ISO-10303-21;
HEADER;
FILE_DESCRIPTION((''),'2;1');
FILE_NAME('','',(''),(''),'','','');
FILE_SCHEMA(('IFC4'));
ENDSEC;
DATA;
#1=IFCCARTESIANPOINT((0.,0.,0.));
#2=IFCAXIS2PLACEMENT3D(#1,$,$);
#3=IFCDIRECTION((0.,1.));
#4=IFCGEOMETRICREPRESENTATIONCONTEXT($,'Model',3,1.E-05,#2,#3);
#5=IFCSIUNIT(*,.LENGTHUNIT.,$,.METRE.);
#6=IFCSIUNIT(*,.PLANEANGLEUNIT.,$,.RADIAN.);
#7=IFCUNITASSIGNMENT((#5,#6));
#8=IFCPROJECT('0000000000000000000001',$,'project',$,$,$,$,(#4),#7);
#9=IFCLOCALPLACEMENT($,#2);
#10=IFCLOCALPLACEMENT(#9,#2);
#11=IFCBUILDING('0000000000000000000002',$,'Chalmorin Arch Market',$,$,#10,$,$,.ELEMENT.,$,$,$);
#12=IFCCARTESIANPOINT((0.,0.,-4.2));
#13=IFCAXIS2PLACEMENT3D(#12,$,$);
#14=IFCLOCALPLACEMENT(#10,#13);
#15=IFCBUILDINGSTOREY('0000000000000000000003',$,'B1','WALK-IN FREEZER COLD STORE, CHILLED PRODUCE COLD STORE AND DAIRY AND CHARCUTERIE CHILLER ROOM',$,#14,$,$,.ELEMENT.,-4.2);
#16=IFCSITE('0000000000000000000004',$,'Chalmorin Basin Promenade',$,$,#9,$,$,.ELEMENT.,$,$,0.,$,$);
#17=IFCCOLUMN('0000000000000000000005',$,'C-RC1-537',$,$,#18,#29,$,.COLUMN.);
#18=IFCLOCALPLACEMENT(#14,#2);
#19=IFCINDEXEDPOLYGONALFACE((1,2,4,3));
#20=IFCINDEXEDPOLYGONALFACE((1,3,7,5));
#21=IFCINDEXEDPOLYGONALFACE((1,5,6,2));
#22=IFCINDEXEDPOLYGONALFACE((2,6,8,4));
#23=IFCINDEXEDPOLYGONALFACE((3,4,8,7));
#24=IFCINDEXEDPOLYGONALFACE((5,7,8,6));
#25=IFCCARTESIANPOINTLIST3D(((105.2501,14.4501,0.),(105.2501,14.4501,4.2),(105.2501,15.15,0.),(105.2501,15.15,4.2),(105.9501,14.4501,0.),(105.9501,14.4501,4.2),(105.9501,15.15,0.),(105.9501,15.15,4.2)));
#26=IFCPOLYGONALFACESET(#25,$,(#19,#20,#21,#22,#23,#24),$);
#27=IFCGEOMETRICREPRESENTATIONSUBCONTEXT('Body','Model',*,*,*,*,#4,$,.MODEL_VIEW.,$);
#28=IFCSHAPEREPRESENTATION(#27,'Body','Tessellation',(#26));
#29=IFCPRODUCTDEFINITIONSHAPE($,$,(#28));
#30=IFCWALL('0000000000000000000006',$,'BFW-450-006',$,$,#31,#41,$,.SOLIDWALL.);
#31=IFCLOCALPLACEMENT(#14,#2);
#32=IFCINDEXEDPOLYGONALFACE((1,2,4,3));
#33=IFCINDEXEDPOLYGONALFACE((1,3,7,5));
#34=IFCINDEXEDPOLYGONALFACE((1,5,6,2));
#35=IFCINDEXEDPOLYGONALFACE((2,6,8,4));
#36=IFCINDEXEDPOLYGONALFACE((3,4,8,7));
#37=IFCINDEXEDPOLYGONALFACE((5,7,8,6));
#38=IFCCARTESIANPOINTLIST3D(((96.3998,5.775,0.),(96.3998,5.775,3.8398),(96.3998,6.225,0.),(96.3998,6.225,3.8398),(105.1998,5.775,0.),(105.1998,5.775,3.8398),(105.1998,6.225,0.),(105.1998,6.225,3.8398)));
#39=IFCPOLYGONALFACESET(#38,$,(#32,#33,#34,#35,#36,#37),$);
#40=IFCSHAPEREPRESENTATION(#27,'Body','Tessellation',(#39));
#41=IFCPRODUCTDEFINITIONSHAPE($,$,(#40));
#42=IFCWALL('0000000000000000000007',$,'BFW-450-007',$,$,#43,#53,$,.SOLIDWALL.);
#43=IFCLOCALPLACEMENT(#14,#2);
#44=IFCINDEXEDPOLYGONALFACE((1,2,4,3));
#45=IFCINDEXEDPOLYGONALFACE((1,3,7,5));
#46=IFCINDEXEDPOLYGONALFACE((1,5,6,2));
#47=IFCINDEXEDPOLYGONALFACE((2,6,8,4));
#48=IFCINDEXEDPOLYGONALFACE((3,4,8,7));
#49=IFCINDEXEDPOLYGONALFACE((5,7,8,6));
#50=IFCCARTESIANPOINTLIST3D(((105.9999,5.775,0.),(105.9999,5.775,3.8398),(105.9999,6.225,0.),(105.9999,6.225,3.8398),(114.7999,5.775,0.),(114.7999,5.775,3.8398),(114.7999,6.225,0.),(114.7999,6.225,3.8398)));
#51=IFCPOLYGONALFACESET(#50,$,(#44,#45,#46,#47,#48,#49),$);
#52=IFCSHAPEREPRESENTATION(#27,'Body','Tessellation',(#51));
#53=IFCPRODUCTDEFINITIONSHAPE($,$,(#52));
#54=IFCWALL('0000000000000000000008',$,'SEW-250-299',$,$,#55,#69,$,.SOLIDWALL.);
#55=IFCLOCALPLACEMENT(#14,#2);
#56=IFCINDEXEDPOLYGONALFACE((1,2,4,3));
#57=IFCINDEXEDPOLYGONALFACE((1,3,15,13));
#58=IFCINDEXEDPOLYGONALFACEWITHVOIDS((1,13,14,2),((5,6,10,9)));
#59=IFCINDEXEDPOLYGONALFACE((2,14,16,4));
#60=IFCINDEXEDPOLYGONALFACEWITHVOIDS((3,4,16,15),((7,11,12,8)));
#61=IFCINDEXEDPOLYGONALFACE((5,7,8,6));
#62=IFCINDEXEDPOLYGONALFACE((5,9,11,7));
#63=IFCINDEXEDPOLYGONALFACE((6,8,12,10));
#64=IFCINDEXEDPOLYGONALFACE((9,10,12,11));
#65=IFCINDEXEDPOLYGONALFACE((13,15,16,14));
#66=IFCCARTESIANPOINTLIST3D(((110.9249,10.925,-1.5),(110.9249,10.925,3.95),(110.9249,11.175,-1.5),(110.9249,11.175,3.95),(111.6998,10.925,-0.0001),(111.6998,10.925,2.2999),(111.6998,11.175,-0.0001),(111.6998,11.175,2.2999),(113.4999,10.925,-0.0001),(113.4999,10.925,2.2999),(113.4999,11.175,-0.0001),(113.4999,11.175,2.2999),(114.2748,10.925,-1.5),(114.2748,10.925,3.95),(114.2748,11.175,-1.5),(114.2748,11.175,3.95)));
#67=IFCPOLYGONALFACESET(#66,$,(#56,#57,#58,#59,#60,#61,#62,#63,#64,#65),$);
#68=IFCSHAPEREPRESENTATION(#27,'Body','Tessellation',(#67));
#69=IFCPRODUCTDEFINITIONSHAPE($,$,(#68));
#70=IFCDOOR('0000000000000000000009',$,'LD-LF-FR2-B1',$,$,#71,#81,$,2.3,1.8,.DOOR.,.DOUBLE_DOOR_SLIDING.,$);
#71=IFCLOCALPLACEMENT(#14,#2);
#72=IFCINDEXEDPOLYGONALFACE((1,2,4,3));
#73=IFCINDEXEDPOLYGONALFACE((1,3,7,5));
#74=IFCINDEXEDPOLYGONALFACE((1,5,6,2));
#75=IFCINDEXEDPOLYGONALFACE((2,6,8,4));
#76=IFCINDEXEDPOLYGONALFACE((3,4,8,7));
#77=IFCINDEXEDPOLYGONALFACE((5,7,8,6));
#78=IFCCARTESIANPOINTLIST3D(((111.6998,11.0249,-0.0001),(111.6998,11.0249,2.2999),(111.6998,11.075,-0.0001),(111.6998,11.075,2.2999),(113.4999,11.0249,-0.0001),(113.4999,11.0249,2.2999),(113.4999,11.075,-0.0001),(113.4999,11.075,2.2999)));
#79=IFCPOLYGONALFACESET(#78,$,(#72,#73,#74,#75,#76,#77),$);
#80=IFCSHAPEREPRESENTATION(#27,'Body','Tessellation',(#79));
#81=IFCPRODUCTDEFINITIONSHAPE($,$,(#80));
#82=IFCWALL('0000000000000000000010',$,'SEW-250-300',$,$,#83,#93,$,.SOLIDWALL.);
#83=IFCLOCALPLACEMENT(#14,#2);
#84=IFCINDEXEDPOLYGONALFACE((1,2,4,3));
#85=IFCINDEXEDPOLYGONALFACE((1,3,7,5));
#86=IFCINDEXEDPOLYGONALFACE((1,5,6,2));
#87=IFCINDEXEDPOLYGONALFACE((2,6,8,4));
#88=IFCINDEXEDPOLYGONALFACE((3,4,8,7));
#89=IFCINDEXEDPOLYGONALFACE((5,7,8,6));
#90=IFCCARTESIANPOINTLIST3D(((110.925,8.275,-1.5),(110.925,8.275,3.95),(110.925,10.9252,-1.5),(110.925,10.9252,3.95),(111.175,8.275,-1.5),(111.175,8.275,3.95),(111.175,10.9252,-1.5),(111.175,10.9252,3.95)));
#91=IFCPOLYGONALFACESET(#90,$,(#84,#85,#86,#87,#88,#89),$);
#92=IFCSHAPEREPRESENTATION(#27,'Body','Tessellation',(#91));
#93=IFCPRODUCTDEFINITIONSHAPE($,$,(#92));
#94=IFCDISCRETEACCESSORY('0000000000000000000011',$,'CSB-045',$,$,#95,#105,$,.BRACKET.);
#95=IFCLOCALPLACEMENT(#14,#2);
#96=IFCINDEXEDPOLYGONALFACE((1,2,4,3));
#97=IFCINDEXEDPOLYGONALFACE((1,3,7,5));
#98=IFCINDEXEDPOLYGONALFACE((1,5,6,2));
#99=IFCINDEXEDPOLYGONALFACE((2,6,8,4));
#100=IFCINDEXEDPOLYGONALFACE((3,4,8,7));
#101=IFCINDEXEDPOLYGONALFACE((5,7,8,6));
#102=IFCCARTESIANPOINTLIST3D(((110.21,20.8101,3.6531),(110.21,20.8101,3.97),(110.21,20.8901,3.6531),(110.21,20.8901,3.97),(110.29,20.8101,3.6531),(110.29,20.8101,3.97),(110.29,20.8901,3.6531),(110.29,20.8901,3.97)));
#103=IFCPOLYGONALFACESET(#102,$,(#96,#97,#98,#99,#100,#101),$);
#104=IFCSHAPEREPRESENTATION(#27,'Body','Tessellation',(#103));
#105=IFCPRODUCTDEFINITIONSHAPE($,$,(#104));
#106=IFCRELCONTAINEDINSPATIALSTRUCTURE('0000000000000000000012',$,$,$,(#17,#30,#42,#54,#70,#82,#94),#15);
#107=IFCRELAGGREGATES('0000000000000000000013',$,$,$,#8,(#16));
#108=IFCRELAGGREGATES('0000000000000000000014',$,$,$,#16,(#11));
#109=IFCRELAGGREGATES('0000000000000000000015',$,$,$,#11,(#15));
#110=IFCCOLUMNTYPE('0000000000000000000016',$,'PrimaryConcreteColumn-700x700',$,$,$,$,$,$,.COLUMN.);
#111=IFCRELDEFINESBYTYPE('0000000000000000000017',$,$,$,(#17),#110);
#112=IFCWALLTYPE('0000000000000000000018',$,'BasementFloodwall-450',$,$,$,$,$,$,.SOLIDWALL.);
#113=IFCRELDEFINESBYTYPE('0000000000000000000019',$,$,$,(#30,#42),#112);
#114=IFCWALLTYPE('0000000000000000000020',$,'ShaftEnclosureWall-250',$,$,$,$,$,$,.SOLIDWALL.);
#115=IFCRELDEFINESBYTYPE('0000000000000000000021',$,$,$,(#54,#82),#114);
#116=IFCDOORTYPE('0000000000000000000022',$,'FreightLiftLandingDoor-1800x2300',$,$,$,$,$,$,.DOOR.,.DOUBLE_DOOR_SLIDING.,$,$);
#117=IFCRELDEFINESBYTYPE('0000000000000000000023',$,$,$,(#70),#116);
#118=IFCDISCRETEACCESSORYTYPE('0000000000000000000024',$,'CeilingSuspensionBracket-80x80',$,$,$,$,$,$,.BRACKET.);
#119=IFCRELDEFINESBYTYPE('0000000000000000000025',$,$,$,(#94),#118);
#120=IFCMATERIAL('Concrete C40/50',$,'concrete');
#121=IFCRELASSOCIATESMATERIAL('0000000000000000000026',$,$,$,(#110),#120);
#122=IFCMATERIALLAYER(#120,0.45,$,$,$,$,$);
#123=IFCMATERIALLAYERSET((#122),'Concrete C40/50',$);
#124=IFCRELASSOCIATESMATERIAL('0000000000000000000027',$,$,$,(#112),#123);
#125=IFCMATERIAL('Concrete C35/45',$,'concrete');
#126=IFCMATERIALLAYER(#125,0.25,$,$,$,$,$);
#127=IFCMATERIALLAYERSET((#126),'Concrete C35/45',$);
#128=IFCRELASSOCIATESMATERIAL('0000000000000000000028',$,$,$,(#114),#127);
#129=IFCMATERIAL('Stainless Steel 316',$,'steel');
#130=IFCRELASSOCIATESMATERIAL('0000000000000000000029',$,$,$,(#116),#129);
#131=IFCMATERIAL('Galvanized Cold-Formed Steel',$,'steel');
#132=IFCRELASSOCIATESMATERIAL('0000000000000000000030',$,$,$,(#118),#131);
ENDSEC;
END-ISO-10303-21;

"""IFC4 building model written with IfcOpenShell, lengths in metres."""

from ifc_helpers import new_model, si_unit, direction, frame, frame_2d, origin, origin_2d, place, context, subcontext, project, spatial, rectangle, extrude, material, layer, layer_set, material_profile, profile_set, type_object, element, fill, save


model = new_model("IFC4")

# Units and contexts
model_context = context("Model", 3, precision=1e-05, world=origin(), true_north=direction((0.0, 1.0)))
body_context = subcontext(model_context, "Body", "Model", "MODEL_VIEW")
ifc_project = project(units=[si_unit("LENGTHUNIT", "METRE"), si_unit("PLANEANGLEUNIT", "RADIAN")], contexts=[model_context])

# Site, building, storey
site_placement = place(None, origin())
site = spatial("IfcSite", under=ifc_project, at=site_placement, Name="Chalmorin Basin Promenade", CompositionType="ELEMENT", RefElevation=0.0)
building_placement = place(site_placement, origin())
building = spatial("IfcBuilding", under=site, at=building_placement, Name="Chalmorin Arch Market", CompositionType="ELEMENT")
storey_placement = place(building_placement, frame((0.0, 0.0, -4.2)))
storey = spatial("IfcBuildingStorey", under=building, at=storey_placement, Name="B1", Description="WALK-IN FREEZER COLD STORE, CHILLED PRODUCE COLD STORE AND DAIRY AND CHARCUTERIE CHILLER ROOM", CompositionType="ELEMENT", Elevation=-4.2)

# Shared definitions
ifc_material_1 = material(Name="Concrete C40/50", Category="concrete")

# Column
ifc_material_profile_1 = material_profile(ifc_material_1, rectangle(XDim=0.7, YDim=0.7, at=origin_2d()), Name="RC700X700")
ifc_profile_set_1 = profile_set([ifc_material_profile_1], Name="Concrete C40/50")
column_type_1 = type_object("IfcColumnType", Name="PrimaryConcreteColumn-700x700", PredefinedType="COLUMN", material=ifc_profile_set_1)
column_1_placement = place(storey_placement, frame((105.6001, 14.8, 0.0), z_axis=(0.0, 0.0, 1.0), x_axis=(1.0, 0.0, 0.0)))
element("IfcColumn", 1, at=column_1_placement, inside=storey, type_object=column_type_1, Name="C-RC1-537", PredefinedType="COLUMN", context=body_context, shape_type="SweptSolid", body=[
    extrude(rectangle(XDim=0.7, YDim=0.7, at=origin_2d()), origin(), (0.0, 0.0, 1.0), 4.2),
])

# Walls
ifc_layer_1 = layer(ifc_material_1, 0.45)
ifc_layer_set_1 = layer_set([ifc_layer_1], Name="Concrete C40/50")
wall_type_1 = type_object("IfcWallType", Name="BasementFloodwall-450", PredefinedType="SOLIDWALL", material=ifc_layer_set_1)
for number, where, z_axis, x_axis, name in (
    (2, (96.3999, 6.0, 0.0), (0.0, 0.0, 1.0), (1.0, 0.0, 0.0), "BFW-450-006"),
    (3, (106.0, 6.0, 0.0), (0.0, 0.0, 1.0), (1.0, 0.0, 0.0), "BFW-450-007"),
):
    element("IfcWall", number, at=place(storey_placement, frame(where, z_axis=z_axis, x_axis=x_axis)), inside=storey, type_object=wall_type_1, Name=name, PredefinedType="SOLIDWALL", context=body_context, shape_type="SweptSolid", body=[
        extrude(rectangle(XDim=8.8, YDim=0.45, at=frame_2d((4.3999, 0.0))), origin(), (0.0, 0.0, 1.0), 3.8398),
    ])

# Wall, opening, door
ifc_material_2 = material(Name="Concrete C35/45", Category="concrete")
ifc_layer_2 = layer(ifc_material_2, 0.25)
ifc_layer_set_2 = layer_set([ifc_layer_2], Name="Concrete C35/45")
wall_type_2 = type_object("IfcWallType", Name="ShaftEnclosureWall-250", PredefinedType="SOLIDWALL", material=ifc_layer_set_2)
wall_1_placement = place(storey_placement, frame((110.925, 11.05, -1.5), z_axis=(0.0, 0.0, 1.0), x_axis=(1.0, 0.0, 0.0)))
wall_1 = element("IfcWall", 4, at=wall_1_placement, inside=storey, type_object=wall_type_2, Name="SEW-250-299", PredefinedType="SOLIDWALL", context=body_context, shape_type="SweptSolid", body=[
    extrude(rectangle(XDim=3.3499, YDim=0.25, at=frame_2d((1.6748, 0.0))), origin(), (0.0, 0.0, 1.0), 5.45),
])
opening_placement = place(wall_1_placement, frame((0.7749, 0.0, 1.5)))
opening = element("IfcOpeningElement", 5, at=opening_placement, cuts=wall_1, PredefinedType="OPENING", context=body_context, shape_type="SweptSolid", body=[
    extrude(rectangle(XDim=1.8, YDim=2.3, at=frame_2d((0.8999, 1.1499))), frame((0.0, 0.135, 0.0), z_axis=(0.0, -1.0, 0.0), x_axis=(1.0, 0.0, 0.0)), (0.0, 0.0, 1.0), 0.27),
])
ifc_material_3 = material(Name="Stainless Steel 316", Category="steel")
door_type = type_object("IfcDoorType", Name="FreightLiftLandingDoor-1800x2300", OperationType="DOUBLE_DOOR_SLIDING", PredefinedType="DOOR", material=ifc_material_3)
door_placement = place(opening_placement, origin())
door = element("IfcDoor", 6, at=door_placement, inside=storey, type_object=door_type, Name="LD-LF-FR2-B1", OperationType="DOUBLE_DOOR_SLIDING", OverallHeight=2.3, OverallWidth=1.8, PredefinedType="DOOR", context=body_context, shape_type="SweptSolid", body=[
    extrude(rectangle(XDim=1.8, YDim=2.3, at=frame_2d((0.8999, 1.1499))), frame((0.0, 0.0249, 0.0), z_axis=(0.0, -1.0, 0.0), x_axis=(1.0, 0.0, 0.0)), (0.0, 0.0, 1.0), 0.05),
])
fill(opening, door)

# Wall
wall_2_placement = place(storey_placement, frame((111.05, 8.2749, -1.5), z_axis=(0.0, 0.0, 1.0), x_axis=(0.0, 1.0, 0.0)))
element("IfcWall", 7, at=wall_2_placement, inside=storey, type_object=wall_type_2, Name="SEW-250-300", PredefinedType="SOLIDWALL", context=body_context, shape_type="SweptSolid", body=[
    extrude(rectangle(XDim=2.6501, YDim=0.25, at=frame_2d((1.3252, 0.0))), origin(), (0.0, 0.0, 1.0), 5.45),
])

# Discrete accessory
ifc_material_4 = material(Name="Galvanized Cold-Formed Steel", Category="steel")
discrete_accessory_type = type_object("IfcDiscreteAccessoryType", Name="CeilingSuspensionBracket-80x80", PredefinedType="BRACKET", material=ifc_material_4)
discrete_accessory_placement = place(storey_placement, frame((110.25, 20.8501, 3.6531), z_axis=(0.0, 0.0, 1.0), x_axis=(1.0, 0.0, 0.0)))
element("IfcDiscreteAccessory", 8, at=discrete_accessory_placement, inside=storey, type_object=discrete_accessory_type, Name="CSB-045", PredefinedType="BRACKET", context=body_context, shape_type="SweptSolid", body=[
    extrude(rectangle(XDim=0.0801, YDim=0.0801, at=origin_2d()), origin(), (0.0, 0.0, 1.0), 0.3169),
])

save(model, "model.ifc")
